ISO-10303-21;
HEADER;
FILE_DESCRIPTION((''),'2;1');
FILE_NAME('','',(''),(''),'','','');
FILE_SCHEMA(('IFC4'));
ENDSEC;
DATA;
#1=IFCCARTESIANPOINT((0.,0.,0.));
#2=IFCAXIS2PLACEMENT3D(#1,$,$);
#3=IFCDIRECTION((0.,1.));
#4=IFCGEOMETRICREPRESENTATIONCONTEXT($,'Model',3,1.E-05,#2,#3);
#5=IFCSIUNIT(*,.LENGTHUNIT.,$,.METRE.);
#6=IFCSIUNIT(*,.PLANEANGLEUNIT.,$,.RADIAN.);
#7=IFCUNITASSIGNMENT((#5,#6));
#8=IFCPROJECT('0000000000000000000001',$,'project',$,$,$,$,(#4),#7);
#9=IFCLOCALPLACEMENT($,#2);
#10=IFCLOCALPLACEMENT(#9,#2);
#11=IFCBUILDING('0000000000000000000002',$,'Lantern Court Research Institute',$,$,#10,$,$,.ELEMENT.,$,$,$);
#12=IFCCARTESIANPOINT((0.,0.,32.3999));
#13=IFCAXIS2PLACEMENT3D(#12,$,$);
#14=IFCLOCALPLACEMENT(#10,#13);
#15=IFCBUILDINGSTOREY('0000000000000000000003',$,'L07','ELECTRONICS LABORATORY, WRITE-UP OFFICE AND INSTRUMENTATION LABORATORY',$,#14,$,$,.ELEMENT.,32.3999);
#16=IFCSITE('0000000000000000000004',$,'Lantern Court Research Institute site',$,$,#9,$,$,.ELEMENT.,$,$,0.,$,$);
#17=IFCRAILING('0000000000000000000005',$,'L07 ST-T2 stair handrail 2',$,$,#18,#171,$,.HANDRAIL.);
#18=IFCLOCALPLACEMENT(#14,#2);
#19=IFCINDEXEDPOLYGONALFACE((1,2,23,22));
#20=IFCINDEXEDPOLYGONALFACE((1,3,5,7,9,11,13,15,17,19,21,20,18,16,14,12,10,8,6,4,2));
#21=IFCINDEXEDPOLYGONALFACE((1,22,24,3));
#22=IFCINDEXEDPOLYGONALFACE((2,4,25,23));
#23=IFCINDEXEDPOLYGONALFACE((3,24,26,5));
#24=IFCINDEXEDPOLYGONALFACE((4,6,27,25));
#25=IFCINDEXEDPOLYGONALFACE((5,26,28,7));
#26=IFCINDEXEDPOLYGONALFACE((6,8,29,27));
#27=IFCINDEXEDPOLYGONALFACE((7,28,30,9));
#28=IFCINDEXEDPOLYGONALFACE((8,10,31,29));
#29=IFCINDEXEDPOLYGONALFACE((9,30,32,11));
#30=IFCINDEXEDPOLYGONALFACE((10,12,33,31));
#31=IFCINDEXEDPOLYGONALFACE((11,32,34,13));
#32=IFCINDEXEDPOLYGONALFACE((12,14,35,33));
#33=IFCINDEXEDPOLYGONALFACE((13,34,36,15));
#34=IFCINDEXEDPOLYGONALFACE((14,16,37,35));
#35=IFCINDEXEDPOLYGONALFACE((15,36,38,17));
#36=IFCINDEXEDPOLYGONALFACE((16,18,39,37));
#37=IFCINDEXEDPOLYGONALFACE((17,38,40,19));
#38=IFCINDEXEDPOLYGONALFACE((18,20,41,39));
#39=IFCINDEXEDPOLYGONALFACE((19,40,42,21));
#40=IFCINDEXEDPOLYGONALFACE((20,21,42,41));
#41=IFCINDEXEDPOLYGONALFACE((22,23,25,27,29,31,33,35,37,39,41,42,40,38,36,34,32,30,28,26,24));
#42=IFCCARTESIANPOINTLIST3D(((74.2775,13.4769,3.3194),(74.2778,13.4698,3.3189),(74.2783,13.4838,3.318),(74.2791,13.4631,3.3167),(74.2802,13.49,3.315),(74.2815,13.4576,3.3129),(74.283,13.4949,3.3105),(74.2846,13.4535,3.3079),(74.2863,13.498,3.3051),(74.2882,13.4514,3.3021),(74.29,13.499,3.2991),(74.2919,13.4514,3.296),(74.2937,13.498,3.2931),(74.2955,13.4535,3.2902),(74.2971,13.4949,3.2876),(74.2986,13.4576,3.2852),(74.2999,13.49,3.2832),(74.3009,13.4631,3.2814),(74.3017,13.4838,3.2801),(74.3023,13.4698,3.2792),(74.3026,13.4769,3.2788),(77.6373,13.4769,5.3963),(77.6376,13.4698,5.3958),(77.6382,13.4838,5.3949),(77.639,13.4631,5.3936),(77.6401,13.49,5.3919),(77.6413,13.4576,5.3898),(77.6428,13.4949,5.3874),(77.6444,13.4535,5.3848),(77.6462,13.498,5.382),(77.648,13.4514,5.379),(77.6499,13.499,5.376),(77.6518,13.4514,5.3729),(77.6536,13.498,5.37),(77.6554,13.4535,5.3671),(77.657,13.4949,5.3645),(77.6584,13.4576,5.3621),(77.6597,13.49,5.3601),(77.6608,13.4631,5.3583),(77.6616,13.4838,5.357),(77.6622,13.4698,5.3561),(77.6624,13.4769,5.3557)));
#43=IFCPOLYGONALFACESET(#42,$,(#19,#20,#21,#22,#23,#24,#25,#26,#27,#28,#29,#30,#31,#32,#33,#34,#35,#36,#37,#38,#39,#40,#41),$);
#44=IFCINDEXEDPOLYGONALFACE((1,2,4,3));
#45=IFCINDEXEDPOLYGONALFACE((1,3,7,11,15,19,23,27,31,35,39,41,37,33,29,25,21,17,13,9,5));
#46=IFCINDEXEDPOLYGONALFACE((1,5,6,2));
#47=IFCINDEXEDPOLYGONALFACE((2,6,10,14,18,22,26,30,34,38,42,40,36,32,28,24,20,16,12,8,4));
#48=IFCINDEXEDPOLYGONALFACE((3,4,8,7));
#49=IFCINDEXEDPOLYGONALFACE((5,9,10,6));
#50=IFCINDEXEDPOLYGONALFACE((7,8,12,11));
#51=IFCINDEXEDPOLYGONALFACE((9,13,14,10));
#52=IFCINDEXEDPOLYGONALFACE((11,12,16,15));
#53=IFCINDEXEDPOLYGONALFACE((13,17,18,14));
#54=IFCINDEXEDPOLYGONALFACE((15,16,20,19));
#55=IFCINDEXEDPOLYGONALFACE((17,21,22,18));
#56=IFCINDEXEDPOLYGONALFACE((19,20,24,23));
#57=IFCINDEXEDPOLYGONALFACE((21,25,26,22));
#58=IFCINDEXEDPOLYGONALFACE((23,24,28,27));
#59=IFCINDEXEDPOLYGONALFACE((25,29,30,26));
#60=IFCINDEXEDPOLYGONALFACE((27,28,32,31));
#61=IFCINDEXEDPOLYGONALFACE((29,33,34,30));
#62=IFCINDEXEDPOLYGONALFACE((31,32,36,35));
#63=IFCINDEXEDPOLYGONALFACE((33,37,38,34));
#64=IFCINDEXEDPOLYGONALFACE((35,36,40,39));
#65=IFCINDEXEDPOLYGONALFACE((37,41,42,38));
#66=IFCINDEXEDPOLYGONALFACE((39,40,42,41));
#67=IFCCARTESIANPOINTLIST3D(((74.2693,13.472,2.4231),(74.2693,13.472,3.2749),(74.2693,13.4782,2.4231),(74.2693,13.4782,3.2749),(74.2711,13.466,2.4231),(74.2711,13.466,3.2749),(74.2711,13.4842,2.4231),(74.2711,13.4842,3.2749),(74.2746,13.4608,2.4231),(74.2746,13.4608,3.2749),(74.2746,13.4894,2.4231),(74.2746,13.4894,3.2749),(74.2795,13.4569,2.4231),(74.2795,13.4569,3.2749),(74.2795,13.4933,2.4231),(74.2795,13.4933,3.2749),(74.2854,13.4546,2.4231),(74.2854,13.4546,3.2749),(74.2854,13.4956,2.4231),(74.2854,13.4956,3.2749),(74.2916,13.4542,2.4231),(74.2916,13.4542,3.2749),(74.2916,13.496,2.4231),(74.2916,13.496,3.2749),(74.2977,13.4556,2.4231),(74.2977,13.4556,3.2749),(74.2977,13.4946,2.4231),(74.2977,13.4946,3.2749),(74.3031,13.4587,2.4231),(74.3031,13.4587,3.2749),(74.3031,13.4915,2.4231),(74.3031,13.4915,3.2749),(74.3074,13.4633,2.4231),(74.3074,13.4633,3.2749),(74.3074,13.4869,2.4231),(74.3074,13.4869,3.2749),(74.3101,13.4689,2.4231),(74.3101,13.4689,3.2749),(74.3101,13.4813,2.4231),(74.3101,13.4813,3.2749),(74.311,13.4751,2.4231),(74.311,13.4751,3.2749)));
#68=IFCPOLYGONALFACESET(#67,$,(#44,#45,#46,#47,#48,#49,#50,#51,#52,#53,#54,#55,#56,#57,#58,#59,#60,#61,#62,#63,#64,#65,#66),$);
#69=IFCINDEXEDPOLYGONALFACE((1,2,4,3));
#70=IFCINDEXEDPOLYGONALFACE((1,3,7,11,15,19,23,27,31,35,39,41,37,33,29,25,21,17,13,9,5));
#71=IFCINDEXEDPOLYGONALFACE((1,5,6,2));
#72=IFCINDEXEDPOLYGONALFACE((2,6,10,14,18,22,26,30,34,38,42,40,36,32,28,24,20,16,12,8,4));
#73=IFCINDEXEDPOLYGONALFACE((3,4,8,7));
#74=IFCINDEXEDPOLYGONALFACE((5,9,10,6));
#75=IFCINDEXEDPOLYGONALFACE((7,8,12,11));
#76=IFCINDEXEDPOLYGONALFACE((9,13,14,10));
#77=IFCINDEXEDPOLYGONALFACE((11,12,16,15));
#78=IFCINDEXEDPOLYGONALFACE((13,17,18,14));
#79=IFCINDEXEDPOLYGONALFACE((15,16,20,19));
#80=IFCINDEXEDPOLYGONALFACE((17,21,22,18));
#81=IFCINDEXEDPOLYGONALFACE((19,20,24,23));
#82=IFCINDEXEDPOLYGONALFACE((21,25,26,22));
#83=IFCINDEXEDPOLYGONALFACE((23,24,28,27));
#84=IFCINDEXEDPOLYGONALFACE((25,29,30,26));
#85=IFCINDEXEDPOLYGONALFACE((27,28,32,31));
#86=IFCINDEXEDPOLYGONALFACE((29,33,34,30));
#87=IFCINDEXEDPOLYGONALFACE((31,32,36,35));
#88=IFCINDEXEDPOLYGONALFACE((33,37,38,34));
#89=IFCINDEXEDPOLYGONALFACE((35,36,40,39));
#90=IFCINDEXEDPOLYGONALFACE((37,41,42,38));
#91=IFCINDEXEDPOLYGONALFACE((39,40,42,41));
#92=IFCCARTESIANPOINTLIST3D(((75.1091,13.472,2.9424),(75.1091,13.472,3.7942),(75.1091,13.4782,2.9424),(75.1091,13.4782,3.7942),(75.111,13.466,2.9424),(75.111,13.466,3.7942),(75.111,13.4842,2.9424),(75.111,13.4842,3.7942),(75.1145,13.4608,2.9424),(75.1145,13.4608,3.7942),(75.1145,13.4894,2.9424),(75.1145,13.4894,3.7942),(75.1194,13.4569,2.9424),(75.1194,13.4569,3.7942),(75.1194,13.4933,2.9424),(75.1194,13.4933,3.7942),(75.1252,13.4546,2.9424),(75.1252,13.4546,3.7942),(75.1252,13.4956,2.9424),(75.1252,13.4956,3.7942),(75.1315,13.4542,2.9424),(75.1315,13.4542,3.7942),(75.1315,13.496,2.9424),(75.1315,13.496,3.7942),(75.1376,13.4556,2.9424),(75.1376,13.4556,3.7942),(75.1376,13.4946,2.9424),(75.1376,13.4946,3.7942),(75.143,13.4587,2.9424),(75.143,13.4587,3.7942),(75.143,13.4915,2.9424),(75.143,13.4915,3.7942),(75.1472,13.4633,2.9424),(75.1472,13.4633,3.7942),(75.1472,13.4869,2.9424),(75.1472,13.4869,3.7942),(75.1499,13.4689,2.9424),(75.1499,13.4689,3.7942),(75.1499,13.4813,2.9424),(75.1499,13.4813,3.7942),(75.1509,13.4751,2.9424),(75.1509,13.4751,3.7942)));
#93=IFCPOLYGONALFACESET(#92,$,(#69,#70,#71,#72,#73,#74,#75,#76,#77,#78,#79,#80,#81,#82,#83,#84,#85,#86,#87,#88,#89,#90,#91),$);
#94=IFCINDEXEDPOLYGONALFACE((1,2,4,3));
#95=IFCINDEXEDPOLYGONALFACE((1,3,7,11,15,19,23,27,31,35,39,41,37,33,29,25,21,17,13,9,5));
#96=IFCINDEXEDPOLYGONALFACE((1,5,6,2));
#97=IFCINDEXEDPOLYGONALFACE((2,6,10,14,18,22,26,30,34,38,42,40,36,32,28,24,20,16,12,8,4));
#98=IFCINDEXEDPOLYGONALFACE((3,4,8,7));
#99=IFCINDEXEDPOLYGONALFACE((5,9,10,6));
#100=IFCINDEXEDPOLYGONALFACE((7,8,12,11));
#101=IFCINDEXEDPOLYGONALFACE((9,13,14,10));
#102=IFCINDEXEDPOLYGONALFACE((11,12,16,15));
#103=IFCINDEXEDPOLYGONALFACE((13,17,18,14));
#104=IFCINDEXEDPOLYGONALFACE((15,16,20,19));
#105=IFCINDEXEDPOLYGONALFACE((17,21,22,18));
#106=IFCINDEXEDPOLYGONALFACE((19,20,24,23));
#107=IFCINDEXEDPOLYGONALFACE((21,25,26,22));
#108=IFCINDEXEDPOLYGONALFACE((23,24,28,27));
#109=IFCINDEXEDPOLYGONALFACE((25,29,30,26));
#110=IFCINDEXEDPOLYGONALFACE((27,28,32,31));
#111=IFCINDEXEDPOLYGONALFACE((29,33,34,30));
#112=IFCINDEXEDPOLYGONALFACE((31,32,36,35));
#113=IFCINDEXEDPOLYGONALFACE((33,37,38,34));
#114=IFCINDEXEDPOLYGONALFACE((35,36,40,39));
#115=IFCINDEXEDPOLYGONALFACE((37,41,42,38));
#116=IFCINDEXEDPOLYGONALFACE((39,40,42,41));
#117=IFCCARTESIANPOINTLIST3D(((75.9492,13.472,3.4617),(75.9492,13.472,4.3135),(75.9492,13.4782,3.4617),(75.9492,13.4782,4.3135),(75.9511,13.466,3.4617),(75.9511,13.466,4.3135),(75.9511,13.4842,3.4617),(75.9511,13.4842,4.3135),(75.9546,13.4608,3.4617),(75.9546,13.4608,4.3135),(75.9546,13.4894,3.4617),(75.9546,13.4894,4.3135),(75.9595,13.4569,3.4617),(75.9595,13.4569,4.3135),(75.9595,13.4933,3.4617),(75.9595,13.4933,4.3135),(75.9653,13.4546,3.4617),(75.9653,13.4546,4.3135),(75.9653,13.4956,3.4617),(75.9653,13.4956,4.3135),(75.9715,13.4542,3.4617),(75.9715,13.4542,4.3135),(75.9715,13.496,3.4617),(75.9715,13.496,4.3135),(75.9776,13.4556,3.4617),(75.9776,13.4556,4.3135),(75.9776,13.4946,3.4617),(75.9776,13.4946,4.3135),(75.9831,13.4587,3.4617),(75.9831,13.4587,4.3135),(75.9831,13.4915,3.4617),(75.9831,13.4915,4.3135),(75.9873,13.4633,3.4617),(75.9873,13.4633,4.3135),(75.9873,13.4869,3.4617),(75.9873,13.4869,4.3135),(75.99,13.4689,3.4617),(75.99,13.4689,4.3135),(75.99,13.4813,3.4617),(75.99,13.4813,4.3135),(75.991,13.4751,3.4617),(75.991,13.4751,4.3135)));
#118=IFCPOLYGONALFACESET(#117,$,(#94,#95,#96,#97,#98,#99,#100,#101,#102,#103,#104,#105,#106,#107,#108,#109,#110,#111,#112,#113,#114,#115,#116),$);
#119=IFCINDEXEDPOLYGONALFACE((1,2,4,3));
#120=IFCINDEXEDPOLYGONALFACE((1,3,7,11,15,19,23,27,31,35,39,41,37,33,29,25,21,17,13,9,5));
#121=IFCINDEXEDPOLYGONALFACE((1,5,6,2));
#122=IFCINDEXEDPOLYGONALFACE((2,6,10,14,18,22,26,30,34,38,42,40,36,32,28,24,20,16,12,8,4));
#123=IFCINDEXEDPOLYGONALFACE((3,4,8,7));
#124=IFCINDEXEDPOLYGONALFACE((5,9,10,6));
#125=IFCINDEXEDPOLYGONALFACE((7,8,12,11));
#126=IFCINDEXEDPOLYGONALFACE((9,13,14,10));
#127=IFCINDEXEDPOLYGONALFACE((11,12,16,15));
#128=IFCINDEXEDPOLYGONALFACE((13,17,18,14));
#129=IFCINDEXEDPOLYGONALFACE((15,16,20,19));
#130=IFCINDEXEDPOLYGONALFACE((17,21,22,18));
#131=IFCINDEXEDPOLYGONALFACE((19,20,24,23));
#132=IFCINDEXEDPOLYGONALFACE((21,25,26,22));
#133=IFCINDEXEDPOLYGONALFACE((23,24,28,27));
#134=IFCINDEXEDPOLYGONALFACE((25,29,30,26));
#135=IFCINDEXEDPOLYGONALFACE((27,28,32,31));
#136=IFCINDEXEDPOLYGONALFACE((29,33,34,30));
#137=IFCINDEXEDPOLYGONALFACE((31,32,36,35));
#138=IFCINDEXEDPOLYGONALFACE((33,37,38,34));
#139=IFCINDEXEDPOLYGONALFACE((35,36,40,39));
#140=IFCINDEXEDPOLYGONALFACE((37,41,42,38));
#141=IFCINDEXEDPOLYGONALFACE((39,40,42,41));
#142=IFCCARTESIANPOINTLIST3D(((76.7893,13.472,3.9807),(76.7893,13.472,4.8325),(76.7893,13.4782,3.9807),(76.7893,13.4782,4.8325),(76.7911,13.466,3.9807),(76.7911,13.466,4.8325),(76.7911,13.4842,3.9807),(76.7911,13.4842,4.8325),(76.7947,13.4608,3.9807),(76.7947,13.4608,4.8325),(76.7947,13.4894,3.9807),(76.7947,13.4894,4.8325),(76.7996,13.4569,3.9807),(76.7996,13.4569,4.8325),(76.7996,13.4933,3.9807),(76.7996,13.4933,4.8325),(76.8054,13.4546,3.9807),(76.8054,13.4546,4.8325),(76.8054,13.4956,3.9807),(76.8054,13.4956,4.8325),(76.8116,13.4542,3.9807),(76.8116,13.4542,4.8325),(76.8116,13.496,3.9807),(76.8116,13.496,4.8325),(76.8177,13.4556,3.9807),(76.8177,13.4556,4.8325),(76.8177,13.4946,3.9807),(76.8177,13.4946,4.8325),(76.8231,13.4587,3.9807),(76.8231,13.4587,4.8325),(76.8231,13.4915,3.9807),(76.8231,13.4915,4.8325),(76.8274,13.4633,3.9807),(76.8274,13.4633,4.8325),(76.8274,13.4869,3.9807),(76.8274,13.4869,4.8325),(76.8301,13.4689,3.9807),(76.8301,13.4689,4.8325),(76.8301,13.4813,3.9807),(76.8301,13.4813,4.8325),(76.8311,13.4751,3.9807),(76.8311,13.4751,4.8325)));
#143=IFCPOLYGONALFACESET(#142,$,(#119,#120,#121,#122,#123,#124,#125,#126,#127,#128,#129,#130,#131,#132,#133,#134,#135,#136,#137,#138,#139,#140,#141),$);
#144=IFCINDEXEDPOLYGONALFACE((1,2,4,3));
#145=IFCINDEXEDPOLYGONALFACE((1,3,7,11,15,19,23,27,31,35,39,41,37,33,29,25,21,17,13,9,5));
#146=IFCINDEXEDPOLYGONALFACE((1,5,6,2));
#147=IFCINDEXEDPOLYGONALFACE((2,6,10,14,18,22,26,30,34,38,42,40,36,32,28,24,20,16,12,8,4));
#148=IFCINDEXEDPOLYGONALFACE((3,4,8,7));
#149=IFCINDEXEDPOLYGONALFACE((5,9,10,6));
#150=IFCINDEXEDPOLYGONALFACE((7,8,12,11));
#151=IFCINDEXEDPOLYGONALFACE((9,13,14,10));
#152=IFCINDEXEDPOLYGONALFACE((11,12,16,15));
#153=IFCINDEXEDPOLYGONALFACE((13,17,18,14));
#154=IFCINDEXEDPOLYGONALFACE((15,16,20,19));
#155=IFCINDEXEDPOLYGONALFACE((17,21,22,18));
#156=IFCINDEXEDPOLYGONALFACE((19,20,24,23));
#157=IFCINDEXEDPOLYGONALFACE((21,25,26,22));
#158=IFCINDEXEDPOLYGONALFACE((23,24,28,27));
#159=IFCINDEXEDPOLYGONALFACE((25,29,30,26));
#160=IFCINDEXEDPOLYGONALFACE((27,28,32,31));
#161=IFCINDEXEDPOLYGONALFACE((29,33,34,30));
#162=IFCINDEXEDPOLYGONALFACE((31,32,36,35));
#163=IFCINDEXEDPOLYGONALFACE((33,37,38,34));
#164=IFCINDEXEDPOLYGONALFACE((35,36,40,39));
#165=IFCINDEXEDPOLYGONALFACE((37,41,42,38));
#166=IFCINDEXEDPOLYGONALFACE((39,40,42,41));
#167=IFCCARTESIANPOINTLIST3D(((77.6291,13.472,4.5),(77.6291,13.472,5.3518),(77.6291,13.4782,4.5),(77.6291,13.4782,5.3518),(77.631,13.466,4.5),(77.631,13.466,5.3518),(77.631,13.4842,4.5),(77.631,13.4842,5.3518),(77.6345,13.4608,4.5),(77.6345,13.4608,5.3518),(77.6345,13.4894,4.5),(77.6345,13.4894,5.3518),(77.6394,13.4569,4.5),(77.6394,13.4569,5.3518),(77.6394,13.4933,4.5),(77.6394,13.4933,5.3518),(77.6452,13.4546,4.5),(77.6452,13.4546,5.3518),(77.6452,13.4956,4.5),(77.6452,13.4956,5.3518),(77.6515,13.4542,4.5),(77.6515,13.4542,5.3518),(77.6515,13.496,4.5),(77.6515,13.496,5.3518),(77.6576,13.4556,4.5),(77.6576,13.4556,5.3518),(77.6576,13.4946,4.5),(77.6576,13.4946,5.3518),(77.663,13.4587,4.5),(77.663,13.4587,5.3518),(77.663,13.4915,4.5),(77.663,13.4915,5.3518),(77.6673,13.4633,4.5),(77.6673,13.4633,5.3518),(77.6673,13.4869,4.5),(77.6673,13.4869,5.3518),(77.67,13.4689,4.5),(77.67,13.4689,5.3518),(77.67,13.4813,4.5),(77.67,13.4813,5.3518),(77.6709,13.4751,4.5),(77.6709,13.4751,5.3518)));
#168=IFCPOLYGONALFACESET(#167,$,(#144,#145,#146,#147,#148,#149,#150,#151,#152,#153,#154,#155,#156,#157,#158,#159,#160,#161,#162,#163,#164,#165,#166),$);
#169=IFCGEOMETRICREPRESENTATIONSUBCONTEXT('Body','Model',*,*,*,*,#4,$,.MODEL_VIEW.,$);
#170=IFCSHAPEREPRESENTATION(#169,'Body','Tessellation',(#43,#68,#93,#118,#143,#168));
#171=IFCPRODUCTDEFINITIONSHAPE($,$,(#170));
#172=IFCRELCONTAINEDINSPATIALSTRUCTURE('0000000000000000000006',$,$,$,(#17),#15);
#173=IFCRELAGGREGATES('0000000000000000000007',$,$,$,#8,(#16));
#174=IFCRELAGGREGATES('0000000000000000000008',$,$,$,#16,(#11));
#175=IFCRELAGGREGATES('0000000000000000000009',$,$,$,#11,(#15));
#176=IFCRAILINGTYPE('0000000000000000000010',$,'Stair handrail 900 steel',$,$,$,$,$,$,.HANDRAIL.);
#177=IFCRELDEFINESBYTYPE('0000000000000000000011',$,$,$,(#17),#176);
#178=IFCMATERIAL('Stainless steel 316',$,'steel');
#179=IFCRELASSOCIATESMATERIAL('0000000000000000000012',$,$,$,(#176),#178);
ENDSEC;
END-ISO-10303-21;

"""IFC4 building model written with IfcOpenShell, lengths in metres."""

from ifc_helpers import new_model, si_unit, direction, frame, origin, origin_2d, place, context, subcontext, project, spatial, circle, extrude, material, type_object, element, save


model = new_model("IFC4")

# Units and contexts
model_context = context("Model", 3, precision=1e-05, world=origin(), true_north=direction((0.0, 1.0)))
body_context = subcontext(model_context, "Body", "Model", "MODEL_VIEW")
ifc_project = project(units=[si_unit("LENGTHUNIT", "METRE"), si_unit("PLANEANGLEUNIT", "RADIAN")], contexts=[model_context])

# Site, building, storey
site_placement = place(None, origin())
site = spatial("IfcSite", under=ifc_project, at=site_placement, Name="Lantern Court Research Institute site", CompositionType="ELEMENT", RefElevation=0.0)
building_placement = place(site_placement, origin())
building = spatial("IfcBuilding", under=site, at=building_placement, Name="Lantern Court Research Institute", CompositionType="ELEMENT")
storey_placement = place(building_placement, frame((0.0, 0.0, 32.3999)))
storey = spatial("IfcBuildingStorey", under=building, at=storey_placement, Name="L07", Description="ELECTRONICS LABORATORY, WRITE-UP OFFICE AND INSTRUMENTATION LABORATORY", CompositionType="ELEMENT", Elevation=32.3999)

# Railing
ifc_material_1 = material(Name="Stainless steel 316", Category="steel")
railing_type_1 = type_object("IfcRailingType", Name="Stair handrail 900 steel", PredefinedType="HANDRAIL", material=ifc_material_1)
railing_1_placement = place(storey_placement, frame((74.29, 13.4751, 2.4231)))
element("IfcRailing", 1, at=railing_1_placement, inside=storey, type_object=railing_type_1, Name="L07 ST-T2 stair handrail 2", PredefinedType="HANDRAIL", context=body_context, shape_type="SweptSolid", body=[
    extrude(circle(Radius=0.0239, at=origin_2d()), frame((0.0, 0.0, 0.876), z_axis=(0.850606, 0.0, 0.525803), x_axis=(0.0, 1.0, 0.0)), (0.0, 0.0, 1.0), 3.95),
    extrude(circle(Radius=0.021, at=origin_2d()), origin(), (0.0, 0.0, 1.0), 0.8518),
    extrude(circle(Radius=0.021, at=origin_2d()), frame((0.8398, 0.0, 0.5193)), (0.0, 0.0, 1.0), 0.8518),
    extrude(circle(Radius=0.021, at=origin_2d()), frame((1.6799, 0.0, 1.0386)), (0.0, 0.0, 1.0), 0.8518),
    extrude(circle(Radius=0.021, at=origin_2d()), frame((2.52, 0.0, 1.5576)), (0.0, 0.0, 1.0), 0.8518),
    extrude(circle(Radius=0.021, at=origin_2d()), frame((3.3599, 0.0, 2.0769)), (0.0, 0.0, 1.0), 0.8518),
])

save(model, "model.ifc")
